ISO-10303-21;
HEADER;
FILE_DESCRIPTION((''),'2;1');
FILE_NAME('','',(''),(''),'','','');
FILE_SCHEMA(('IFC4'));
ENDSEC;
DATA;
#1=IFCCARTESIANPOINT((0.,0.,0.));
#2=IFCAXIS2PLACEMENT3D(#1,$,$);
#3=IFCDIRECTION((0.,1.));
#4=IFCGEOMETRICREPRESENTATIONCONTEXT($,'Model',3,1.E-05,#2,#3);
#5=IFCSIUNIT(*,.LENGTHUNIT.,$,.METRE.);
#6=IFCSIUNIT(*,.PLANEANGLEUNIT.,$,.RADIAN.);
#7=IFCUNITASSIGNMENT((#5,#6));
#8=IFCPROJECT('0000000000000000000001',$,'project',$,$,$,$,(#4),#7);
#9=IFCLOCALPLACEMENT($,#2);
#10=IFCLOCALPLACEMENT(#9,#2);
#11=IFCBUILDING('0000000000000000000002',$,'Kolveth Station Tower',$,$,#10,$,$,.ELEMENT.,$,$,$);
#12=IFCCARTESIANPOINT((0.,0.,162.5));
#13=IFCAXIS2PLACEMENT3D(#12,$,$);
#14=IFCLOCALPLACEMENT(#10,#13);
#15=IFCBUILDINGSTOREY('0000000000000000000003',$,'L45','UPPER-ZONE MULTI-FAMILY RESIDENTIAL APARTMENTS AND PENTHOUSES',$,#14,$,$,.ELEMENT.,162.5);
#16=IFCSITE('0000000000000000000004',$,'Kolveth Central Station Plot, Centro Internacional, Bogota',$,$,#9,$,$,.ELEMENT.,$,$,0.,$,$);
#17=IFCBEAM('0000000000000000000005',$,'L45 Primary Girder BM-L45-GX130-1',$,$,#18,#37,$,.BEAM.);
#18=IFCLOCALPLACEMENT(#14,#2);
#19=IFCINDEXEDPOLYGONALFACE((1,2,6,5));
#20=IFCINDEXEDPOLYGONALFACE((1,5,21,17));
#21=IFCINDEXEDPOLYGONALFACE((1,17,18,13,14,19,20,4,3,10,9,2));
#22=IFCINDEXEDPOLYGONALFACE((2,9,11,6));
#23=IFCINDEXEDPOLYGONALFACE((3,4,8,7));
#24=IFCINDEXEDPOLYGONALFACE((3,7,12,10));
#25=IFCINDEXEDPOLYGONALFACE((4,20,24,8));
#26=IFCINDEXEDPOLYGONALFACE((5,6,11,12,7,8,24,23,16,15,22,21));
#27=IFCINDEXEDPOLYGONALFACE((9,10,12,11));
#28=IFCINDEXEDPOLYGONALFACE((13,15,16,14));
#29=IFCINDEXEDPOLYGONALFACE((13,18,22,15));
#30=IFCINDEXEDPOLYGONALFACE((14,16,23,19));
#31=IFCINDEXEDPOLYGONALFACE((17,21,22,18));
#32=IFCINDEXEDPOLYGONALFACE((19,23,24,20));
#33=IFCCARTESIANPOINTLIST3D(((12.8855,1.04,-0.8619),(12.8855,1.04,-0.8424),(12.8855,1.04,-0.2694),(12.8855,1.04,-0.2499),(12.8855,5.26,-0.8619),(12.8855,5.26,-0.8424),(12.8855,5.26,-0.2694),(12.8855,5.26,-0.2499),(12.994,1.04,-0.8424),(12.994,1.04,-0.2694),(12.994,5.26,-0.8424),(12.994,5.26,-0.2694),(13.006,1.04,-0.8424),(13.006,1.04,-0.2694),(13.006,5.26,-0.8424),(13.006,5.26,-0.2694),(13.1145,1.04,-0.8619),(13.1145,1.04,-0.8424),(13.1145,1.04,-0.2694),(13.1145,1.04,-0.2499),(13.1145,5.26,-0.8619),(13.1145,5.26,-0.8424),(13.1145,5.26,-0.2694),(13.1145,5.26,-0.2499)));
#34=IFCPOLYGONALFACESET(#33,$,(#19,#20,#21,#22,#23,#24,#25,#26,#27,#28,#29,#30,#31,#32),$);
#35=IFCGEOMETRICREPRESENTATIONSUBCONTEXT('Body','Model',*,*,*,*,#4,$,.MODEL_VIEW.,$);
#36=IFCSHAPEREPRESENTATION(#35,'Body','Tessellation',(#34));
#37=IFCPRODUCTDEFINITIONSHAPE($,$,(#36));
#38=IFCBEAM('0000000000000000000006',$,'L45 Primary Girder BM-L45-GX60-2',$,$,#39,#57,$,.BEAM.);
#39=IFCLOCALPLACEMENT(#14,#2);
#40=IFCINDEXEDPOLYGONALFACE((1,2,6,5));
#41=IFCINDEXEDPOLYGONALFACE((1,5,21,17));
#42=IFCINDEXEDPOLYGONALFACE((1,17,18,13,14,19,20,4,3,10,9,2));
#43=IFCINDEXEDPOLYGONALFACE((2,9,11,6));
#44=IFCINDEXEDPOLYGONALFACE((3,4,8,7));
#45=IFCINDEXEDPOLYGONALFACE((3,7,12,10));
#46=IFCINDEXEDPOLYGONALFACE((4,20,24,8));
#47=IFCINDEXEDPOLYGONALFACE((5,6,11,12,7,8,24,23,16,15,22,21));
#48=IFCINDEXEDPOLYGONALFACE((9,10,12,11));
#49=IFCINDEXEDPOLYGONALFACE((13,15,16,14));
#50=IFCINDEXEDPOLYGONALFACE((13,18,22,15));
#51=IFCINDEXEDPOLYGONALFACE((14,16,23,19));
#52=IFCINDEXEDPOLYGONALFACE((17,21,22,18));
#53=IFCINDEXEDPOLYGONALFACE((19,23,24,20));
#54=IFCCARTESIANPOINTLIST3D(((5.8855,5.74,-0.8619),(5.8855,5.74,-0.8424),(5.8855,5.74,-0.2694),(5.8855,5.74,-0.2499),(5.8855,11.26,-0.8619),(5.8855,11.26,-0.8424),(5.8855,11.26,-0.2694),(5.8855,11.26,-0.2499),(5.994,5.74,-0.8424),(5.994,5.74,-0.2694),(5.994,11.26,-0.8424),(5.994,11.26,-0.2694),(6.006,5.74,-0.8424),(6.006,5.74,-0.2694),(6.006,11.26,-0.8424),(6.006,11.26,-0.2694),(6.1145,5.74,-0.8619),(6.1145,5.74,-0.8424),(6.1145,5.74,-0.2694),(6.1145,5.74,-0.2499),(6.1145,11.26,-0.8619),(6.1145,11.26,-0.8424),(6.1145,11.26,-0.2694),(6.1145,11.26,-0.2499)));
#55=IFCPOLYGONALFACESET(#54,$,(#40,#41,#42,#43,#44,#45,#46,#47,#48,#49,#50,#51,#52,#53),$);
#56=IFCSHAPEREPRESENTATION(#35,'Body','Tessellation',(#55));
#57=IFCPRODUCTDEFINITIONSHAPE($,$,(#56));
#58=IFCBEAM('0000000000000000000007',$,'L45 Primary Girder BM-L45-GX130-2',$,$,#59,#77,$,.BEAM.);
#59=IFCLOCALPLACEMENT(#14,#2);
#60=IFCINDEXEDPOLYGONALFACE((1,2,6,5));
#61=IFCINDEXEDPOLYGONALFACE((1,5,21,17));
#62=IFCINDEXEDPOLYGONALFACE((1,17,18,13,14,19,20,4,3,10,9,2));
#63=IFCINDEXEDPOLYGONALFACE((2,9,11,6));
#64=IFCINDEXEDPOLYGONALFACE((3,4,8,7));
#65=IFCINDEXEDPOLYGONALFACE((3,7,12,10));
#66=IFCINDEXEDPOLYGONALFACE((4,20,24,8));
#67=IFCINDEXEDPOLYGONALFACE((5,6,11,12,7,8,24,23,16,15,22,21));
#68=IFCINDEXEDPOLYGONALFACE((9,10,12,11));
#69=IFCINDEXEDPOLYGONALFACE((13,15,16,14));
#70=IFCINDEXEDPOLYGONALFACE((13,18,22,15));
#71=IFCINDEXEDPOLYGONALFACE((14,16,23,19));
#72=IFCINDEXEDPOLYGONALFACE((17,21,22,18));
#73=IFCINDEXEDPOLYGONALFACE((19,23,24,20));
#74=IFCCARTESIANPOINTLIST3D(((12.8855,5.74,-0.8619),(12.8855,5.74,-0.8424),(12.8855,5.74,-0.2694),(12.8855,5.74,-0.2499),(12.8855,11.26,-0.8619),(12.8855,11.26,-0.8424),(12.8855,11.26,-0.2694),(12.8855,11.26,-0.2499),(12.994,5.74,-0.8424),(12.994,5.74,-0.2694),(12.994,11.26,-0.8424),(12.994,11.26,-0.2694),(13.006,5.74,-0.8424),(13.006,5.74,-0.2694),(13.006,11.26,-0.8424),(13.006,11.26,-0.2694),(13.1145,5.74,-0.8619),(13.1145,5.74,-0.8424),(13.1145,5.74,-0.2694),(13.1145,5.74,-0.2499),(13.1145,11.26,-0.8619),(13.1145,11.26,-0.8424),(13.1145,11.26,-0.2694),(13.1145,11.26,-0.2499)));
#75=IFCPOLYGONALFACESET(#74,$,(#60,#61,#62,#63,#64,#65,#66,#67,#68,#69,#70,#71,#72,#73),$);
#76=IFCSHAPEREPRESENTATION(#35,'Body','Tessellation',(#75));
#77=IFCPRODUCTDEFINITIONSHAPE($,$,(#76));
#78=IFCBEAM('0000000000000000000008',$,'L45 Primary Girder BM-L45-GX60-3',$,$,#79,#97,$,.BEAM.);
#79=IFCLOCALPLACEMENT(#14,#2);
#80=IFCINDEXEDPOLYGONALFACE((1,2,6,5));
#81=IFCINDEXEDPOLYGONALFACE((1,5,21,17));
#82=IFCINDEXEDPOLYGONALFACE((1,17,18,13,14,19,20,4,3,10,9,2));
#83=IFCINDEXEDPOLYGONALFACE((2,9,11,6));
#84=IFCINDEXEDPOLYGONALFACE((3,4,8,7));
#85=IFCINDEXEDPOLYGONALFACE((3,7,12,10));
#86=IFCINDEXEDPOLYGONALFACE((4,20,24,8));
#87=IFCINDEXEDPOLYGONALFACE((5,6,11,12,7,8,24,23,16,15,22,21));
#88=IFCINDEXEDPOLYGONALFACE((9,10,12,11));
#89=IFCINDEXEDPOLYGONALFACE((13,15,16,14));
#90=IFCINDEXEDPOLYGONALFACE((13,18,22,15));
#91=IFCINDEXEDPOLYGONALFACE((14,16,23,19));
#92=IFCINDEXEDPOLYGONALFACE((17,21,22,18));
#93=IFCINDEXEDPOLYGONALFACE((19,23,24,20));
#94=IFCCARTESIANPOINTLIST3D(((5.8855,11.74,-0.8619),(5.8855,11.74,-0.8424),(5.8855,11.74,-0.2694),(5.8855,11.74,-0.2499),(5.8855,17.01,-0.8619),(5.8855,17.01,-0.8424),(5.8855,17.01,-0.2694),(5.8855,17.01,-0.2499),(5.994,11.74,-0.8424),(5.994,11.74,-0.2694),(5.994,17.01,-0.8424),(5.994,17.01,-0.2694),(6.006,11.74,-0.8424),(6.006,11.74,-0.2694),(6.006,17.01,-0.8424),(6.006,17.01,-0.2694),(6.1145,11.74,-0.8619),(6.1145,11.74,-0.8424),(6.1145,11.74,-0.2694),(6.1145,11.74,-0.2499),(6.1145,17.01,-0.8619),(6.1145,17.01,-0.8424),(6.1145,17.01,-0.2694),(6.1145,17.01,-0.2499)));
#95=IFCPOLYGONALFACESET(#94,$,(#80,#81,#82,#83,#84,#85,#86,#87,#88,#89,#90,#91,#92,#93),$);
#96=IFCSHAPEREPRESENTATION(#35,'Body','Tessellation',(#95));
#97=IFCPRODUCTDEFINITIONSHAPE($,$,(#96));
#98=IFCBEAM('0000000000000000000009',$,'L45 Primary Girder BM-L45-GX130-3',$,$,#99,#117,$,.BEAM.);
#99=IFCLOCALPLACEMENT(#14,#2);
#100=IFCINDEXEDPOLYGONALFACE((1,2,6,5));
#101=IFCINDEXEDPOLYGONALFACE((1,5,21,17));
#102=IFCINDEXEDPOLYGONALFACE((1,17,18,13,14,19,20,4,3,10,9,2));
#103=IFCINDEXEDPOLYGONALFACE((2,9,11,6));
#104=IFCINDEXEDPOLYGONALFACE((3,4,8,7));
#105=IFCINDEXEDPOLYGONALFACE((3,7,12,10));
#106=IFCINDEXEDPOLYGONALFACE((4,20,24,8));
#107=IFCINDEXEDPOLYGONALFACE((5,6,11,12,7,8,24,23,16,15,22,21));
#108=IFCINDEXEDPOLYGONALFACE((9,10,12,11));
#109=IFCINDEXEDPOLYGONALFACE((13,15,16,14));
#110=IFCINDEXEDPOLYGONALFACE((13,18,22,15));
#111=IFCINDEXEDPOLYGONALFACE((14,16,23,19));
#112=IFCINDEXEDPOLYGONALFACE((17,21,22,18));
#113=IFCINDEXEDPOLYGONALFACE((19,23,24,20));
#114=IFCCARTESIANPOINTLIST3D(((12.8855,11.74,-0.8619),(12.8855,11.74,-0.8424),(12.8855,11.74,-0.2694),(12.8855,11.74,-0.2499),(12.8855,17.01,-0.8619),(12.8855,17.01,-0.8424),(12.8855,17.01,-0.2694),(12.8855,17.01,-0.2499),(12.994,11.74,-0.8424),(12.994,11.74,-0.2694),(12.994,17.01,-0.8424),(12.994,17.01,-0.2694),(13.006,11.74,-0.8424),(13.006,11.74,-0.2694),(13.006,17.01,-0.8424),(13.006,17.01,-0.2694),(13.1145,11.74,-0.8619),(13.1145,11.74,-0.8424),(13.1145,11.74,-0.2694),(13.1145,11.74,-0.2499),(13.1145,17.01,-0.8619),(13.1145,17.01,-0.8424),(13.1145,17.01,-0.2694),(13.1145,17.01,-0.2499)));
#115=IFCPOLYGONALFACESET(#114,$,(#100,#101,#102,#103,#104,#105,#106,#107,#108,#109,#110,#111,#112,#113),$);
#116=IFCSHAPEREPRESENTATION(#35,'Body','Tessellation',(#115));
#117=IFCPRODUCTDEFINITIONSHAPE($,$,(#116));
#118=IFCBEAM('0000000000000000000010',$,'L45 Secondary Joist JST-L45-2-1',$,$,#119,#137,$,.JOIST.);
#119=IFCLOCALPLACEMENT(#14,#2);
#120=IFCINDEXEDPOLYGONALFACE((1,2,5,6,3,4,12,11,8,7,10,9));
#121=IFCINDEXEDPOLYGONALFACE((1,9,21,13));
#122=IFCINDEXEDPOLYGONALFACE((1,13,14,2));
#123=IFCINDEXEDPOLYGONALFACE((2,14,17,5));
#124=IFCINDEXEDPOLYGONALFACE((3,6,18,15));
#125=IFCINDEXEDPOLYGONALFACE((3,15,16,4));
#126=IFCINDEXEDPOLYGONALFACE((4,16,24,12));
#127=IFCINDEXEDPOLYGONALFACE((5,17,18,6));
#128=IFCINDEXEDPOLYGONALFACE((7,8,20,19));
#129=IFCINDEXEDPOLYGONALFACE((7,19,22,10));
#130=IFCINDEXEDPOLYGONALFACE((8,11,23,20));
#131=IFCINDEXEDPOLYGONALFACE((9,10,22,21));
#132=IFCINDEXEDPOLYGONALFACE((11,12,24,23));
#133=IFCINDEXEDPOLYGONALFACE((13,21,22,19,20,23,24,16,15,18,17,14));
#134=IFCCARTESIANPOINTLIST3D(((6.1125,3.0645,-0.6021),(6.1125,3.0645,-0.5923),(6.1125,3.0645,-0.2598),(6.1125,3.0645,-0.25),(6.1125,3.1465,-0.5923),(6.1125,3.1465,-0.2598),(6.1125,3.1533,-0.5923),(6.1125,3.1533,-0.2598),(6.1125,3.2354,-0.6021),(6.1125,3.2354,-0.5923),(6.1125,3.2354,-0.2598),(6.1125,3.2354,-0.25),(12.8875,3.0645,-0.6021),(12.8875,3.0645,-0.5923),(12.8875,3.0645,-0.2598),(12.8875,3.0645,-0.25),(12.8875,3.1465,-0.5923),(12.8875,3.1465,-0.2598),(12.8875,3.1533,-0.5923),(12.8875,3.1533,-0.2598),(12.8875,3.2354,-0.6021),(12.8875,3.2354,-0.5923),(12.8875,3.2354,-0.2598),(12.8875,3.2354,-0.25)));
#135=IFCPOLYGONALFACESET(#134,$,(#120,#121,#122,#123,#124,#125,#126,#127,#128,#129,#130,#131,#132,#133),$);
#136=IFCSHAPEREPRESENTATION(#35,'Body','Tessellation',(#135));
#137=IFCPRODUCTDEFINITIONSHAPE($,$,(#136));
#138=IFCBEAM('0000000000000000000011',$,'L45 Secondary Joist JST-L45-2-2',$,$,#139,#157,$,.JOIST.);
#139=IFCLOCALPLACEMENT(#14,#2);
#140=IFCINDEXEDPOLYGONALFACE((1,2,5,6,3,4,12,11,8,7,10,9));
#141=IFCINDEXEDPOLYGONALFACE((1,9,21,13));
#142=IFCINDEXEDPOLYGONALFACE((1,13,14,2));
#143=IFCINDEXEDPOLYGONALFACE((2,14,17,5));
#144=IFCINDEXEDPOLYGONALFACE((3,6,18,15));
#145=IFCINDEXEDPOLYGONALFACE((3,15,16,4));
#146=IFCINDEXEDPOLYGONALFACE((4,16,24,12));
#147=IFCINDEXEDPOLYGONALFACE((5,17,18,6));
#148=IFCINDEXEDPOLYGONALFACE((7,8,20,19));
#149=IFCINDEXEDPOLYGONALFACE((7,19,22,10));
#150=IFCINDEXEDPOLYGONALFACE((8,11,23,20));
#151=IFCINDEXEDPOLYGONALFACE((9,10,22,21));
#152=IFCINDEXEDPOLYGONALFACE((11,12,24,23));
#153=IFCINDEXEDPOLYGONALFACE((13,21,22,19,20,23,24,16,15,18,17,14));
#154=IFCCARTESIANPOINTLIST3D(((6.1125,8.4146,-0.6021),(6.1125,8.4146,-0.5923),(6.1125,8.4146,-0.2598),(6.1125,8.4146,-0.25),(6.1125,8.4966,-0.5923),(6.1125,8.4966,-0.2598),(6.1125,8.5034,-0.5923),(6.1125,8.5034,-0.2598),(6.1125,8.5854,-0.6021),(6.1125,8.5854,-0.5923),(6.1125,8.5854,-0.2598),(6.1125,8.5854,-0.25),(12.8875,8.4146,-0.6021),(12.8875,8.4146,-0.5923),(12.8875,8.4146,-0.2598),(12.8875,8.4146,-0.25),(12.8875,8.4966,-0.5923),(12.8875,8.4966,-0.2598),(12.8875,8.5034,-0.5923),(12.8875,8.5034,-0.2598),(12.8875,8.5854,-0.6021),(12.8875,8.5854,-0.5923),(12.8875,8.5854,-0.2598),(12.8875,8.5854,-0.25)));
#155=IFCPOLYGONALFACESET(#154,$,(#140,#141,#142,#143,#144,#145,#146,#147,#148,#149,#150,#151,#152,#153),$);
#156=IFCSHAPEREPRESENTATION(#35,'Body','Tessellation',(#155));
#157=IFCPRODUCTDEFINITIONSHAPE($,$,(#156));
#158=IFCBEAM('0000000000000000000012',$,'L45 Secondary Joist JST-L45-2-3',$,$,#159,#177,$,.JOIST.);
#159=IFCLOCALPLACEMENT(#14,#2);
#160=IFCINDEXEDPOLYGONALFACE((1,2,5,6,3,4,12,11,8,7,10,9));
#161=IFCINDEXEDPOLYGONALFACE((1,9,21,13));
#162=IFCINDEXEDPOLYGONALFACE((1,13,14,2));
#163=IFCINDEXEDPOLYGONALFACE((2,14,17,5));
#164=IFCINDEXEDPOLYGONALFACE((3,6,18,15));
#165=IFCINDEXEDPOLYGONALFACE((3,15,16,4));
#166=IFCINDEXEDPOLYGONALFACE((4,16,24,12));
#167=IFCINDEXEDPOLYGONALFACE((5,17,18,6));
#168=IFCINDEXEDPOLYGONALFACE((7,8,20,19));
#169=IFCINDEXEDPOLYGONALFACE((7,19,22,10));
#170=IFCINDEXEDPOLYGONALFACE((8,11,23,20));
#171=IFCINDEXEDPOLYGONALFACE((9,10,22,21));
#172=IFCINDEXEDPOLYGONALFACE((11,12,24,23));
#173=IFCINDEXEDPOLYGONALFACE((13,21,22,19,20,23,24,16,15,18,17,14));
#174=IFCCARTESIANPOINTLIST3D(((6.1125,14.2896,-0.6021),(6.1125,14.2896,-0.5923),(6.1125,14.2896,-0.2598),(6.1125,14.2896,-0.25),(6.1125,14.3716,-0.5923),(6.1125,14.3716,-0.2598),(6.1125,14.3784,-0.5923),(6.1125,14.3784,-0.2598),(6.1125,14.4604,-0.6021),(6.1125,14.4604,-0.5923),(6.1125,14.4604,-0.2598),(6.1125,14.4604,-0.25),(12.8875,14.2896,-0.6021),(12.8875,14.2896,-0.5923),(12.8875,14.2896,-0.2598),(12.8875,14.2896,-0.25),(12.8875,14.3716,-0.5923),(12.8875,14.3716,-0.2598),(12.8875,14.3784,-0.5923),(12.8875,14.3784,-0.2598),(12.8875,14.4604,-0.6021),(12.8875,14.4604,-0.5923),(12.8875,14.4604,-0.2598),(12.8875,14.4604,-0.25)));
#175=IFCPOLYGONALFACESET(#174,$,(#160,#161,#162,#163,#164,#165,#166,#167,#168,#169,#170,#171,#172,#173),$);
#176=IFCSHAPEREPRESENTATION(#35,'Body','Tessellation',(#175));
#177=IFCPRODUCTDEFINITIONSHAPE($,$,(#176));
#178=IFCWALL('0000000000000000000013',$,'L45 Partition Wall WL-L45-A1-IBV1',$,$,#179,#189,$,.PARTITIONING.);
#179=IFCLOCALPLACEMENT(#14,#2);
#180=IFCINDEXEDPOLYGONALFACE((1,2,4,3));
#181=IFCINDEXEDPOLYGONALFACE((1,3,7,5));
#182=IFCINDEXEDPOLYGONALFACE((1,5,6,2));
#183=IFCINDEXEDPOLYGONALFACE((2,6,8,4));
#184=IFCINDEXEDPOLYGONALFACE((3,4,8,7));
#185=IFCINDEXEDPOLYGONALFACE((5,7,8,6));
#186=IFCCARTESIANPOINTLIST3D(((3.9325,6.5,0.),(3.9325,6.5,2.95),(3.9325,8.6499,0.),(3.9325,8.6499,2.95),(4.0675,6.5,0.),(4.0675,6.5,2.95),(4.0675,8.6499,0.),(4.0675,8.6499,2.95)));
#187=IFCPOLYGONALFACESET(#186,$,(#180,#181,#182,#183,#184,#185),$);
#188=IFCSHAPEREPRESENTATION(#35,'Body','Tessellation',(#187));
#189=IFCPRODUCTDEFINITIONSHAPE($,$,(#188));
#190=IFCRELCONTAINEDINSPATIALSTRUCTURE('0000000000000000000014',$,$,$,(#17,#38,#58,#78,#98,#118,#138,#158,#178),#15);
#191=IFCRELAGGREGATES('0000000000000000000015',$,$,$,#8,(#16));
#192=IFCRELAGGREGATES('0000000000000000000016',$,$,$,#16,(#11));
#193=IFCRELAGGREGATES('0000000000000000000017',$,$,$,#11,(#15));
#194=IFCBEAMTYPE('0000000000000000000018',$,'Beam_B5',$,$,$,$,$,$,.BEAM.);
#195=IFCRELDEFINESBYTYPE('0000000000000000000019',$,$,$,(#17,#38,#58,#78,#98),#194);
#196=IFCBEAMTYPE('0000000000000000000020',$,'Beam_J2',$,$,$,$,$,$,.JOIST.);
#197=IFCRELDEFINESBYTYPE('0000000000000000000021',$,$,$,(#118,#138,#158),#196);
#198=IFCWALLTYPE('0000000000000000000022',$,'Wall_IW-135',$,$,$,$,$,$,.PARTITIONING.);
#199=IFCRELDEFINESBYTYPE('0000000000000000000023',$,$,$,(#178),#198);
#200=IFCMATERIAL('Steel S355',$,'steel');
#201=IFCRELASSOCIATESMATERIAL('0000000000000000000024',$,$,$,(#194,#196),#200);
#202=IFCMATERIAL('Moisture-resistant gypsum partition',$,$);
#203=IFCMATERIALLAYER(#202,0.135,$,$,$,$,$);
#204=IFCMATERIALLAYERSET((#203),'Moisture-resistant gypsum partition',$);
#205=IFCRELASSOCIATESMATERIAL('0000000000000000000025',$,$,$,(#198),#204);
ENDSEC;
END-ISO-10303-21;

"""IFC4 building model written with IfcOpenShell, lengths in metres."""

from ifc_helpers import new_model, si_unit, direction, frame, frame_2d, origin, origin_2d, place, context, subcontext, project, spatial, rectangle, i_section, extrude, source, transform, mapped, material, layer, layer_set, material_profile, profile_set, type_object, element, save


model = new_model("IFC4")

# Units and contexts
model_context = context("Model", 3, precision=1e-05, world=origin(), true_north=direction((0.0, 1.0)))
body_context = subcontext(model_context, "Body", "Model", "MODEL_VIEW")
ifc_project = project(units=[si_unit("LENGTHUNIT", "METRE"), si_unit("PLANEANGLEUNIT", "RADIAN")], contexts=[model_context])

# Site, building, storey
site_placement = place(None, origin())
site = spatial("IfcSite", under=ifc_project, at=site_placement, Name="Kolveth Central Station Plot, Centro Internacional, Bogota", CompositionType="ELEMENT", RefElevation=0.0)
building_placement = place(site_placement, origin())
building = spatial("IfcBuilding", under=site, at=building_placement, Name="Kolveth Station Tower", CompositionType="ELEMENT")
storey_placement = place(building_placement, frame((0.0, 0.0, 162.5)))
storey = spatial("IfcBuildingStorey", under=building, at=storey_placement, Name="L45", Description="UPPER-ZONE MULTI-FAMILY RESIDENTIAL APARTMENTS AND PENTHOUSES", CompositionType="ELEMENT", Elevation=162.5)

# Shared definitions
ifc_material_1 = material(Name="Steel S355", Category="steel")

# Beams
ifc_material_profile_1 = material_profile(ifc_material_1, i_section(OverallWidth=0.229, OverallDepth=0.6121, WebThickness=0.012, FlangeThickness=0.0195, at=origin_2d()), Name="W610x125")
ifc_profile_set_1 = profile_set([ifc_material_profile_1], Name="Steel S355")
beam_type_1 = type_object("IfcBeamType", Name="Beam_B5", PredefinedType="BEAM", material=ifc_profile_set_1)
shared_shape_1 = source(origin(), body_context, "Body", "SweptSolid", [
    extrude(i_section(OverallWidth=0.229, OverallDepth=0.6121, WebThickness=0.012, FlangeThickness=0.0195, at=origin_2d()), origin(), (0.0, 0.0, 1.0), 4.22),
])
for number, where, z_axis, x_axis, name in (
    (1, (13.0, 1.04, -0.5559), (0.0, 1.0, 0.0), (-1.0, 0.0, 0.0), "L45 Primary Girder BM-L45-GX130-1"),
):
    element("IfcBeam", number, at=place(storey_placement, frame(where, z_axis=z_axis, x_axis=x_axis)), inside=storey, type_object=beam_type_1, Name=name, PredefinedType="BEAM", context=body_context, shape_type="MappedRepresentation", body=[
        mapped(shared_shape_1, transform((0.0, 0.0, 0.0), x_axis=(1.0, 0.0, 0.0), y_axis=(0.0, 1.0, 0.0), z_axis=(0.0, 0.0, 1.0), scale=1.0)),
    ])
shared_shape_2 = source(origin(), body_context, "Body", "SweptSolid", [
    extrude(i_section(OverallWidth=0.229, OverallDepth=0.6121, WebThickness=0.012, FlangeThickness=0.0195, at=origin_2d()), origin(), (0.0, 0.0, 1.0), 5.52),
])
for number, where, z_axis, x_axis, name in (
    (2, (6.0, 5.74, -0.5559), (0.0, 1.0, 0.0), (-1.0, 0.0, 0.0), "L45 Primary Girder BM-L45-GX60-2"),
    (3, (13.0, 5.74, -0.5559), (0.0, 1.0, 0.0), (-1.0, 0.0, 0.0), "L45 Primary Girder BM-L45-GX130-2"),
):
    element("IfcBeam", number, at=place(storey_placement, frame(where, z_axis=z_axis, x_axis=x_axis)), inside=storey, type_object=beam_type_1, Name=name, PredefinedType="BEAM", context=body_context, shape_type="MappedRepresentation", body=[
        mapped(shared_shape_2, transform((0.0, 0.0, 0.0), x_axis=(1.0, 0.0, 0.0), y_axis=(0.0, 1.0, 0.0), z_axis=(0.0, 0.0, 1.0), scale=1.0)),
    ])
shared_shape_3 = source(origin(), body_context, "Body", "SweptSolid", [
    extrude(i_section(OverallWidth=0.229, OverallDepth=0.6121, WebThickness=0.012, FlangeThickness=0.0195, at=origin_2d()), origin(), (0.0, 0.0, 1.0), 5.27),
])
for number, where, z_axis, x_axis, name in (
    (4, (6.0, 11.74, -0.5559), (0.0, 1.0, 0.0), (-1.0, 0.0, 0.0), "L45 Primary Girder BM-L45-GX60-3"),
    (5, (13.0, 11.74, -0.5559), (0.0, 1.0, 0.0), (-1.0, 0.0, 0.0), "L45 Primary Girder BM-L45-GX130-3"),
):
    element("IfcBeam", number, at=place(storey_placement, frame(where, z_axis=z_axis, x_axis=x_axis)), inside=storey, type_object=beam_type_1, Name=name, PredefinedType="BEAM", context=body_context, shape_type="MappedRepresentation", body=[
        mapped(shared_shape_3, transform((0.0, 0.0, 0.0), x_axis=(1.0, 0.0, 0.0), y_axis=(0.0, 1.0, 0.0), z_axis=(0.0, 0.0, 1.0), scale=1.0)),
    ])
ifc_material_profile_2 = material_profile(ifc_material_1, i_section(OverallWidth=0.1709, OverallDepth=0.3521, WebThickness=0.0068, FlangeThickness=0.0098, at=origin_2d()), Name="W360x44")
ifc_profile_set_2 = profile_set([ifc_material_profile_2], Name="Steel S355")
beam_type_2 = type_object("IfcBeamType", Name="Beam_J2", PredefinedType="JOIST", material=ifc_profile_set_2)
shared_shape_4 = source(origin(), body_context, "Body", "SweptSolid", [
    extrude(i_section(OverallWidth=0.1709, OverallDepth=0.3521, WebThickness=0.0068, FlangeThickness=0.0098, at=origin_2d()), origin(), (0.0, 0.0, 1.0), 6.7749),
])
for number, where, z_axis, x_axis, name in (
    (6, (6.1125, 3.1499, -0.426), (1.0, 0.0, 0.0), (0.0, 1.0, 0.0), "L45 Secondary Joist JST-L45-2-1"),
    (7, (6.1125, 8.5, -0.426), (1.0, 0.0, 0.0), (0.0, 1.0, 0.0), "L45 Secondary Joist JST-L45-2-2"),
    (8, (6.1125, 14.375, -0.426), (1.0, 0.0, 0.0), (0.0, 1.0, 0.0), "L45 Secondary Joist JST-L45-2-3"),
):
    element("IfcBeam", number, at=place(storey_placement, frame(where, z_axis=z_axis, x_axis=x_axis)), inside=storey, type_object=beam_type_2, Name=name, PredefinedType="JOIST", context=body_context, shape_type="MappedRepresentation", body=[
        mapped(shared_shape_4, transform((0.0, 0.0, 0.0), x_axis=(1.0, 0.0, 0.0), y_axis=(0.0, 1.0, 0.0), z_axis=(0.0, 0.0, 1.0), scale=1.0)),
    ])

# Wall
ifc_material_2 = material(Name="Moisture-resistant gypsum partition")
ifc_layer_1 = layer(ifc_material_2, 0.135)
ifc_layer_set_1 = layer_set([ifc_layer_1], Name="Moisture-resistant gypsum partition")
wall_type_1 = type_object("IfcWallType", Name="Wall_IW-135", PredefinedType="PARTITIONING", material=ifc_layer_set_1)
wall_1_placement = place(storey_placement, frame((4.0, 6.5, 0.0), z_axis=(0.0, 0.0, 1.0), x_axis=(0.0, 1.0, 0.0)))
element("IfcWall", 9, at=wall_1_placement, inside=storey, type_object=wall_type_1, Name="L45 Partition Wall WL-L45-A1-IBV1", PredefinedType="PARTITIONING", context=body_context, shape_type="SweptSolid", body=[
    extrude(rectangle(XDim=2.1499, YDim=0.135, at=frame_2d((1.075, 0.0))), origin(), (0.0, 0.0, 1.0), 2.95),
])

save(model, "model.ifc")
